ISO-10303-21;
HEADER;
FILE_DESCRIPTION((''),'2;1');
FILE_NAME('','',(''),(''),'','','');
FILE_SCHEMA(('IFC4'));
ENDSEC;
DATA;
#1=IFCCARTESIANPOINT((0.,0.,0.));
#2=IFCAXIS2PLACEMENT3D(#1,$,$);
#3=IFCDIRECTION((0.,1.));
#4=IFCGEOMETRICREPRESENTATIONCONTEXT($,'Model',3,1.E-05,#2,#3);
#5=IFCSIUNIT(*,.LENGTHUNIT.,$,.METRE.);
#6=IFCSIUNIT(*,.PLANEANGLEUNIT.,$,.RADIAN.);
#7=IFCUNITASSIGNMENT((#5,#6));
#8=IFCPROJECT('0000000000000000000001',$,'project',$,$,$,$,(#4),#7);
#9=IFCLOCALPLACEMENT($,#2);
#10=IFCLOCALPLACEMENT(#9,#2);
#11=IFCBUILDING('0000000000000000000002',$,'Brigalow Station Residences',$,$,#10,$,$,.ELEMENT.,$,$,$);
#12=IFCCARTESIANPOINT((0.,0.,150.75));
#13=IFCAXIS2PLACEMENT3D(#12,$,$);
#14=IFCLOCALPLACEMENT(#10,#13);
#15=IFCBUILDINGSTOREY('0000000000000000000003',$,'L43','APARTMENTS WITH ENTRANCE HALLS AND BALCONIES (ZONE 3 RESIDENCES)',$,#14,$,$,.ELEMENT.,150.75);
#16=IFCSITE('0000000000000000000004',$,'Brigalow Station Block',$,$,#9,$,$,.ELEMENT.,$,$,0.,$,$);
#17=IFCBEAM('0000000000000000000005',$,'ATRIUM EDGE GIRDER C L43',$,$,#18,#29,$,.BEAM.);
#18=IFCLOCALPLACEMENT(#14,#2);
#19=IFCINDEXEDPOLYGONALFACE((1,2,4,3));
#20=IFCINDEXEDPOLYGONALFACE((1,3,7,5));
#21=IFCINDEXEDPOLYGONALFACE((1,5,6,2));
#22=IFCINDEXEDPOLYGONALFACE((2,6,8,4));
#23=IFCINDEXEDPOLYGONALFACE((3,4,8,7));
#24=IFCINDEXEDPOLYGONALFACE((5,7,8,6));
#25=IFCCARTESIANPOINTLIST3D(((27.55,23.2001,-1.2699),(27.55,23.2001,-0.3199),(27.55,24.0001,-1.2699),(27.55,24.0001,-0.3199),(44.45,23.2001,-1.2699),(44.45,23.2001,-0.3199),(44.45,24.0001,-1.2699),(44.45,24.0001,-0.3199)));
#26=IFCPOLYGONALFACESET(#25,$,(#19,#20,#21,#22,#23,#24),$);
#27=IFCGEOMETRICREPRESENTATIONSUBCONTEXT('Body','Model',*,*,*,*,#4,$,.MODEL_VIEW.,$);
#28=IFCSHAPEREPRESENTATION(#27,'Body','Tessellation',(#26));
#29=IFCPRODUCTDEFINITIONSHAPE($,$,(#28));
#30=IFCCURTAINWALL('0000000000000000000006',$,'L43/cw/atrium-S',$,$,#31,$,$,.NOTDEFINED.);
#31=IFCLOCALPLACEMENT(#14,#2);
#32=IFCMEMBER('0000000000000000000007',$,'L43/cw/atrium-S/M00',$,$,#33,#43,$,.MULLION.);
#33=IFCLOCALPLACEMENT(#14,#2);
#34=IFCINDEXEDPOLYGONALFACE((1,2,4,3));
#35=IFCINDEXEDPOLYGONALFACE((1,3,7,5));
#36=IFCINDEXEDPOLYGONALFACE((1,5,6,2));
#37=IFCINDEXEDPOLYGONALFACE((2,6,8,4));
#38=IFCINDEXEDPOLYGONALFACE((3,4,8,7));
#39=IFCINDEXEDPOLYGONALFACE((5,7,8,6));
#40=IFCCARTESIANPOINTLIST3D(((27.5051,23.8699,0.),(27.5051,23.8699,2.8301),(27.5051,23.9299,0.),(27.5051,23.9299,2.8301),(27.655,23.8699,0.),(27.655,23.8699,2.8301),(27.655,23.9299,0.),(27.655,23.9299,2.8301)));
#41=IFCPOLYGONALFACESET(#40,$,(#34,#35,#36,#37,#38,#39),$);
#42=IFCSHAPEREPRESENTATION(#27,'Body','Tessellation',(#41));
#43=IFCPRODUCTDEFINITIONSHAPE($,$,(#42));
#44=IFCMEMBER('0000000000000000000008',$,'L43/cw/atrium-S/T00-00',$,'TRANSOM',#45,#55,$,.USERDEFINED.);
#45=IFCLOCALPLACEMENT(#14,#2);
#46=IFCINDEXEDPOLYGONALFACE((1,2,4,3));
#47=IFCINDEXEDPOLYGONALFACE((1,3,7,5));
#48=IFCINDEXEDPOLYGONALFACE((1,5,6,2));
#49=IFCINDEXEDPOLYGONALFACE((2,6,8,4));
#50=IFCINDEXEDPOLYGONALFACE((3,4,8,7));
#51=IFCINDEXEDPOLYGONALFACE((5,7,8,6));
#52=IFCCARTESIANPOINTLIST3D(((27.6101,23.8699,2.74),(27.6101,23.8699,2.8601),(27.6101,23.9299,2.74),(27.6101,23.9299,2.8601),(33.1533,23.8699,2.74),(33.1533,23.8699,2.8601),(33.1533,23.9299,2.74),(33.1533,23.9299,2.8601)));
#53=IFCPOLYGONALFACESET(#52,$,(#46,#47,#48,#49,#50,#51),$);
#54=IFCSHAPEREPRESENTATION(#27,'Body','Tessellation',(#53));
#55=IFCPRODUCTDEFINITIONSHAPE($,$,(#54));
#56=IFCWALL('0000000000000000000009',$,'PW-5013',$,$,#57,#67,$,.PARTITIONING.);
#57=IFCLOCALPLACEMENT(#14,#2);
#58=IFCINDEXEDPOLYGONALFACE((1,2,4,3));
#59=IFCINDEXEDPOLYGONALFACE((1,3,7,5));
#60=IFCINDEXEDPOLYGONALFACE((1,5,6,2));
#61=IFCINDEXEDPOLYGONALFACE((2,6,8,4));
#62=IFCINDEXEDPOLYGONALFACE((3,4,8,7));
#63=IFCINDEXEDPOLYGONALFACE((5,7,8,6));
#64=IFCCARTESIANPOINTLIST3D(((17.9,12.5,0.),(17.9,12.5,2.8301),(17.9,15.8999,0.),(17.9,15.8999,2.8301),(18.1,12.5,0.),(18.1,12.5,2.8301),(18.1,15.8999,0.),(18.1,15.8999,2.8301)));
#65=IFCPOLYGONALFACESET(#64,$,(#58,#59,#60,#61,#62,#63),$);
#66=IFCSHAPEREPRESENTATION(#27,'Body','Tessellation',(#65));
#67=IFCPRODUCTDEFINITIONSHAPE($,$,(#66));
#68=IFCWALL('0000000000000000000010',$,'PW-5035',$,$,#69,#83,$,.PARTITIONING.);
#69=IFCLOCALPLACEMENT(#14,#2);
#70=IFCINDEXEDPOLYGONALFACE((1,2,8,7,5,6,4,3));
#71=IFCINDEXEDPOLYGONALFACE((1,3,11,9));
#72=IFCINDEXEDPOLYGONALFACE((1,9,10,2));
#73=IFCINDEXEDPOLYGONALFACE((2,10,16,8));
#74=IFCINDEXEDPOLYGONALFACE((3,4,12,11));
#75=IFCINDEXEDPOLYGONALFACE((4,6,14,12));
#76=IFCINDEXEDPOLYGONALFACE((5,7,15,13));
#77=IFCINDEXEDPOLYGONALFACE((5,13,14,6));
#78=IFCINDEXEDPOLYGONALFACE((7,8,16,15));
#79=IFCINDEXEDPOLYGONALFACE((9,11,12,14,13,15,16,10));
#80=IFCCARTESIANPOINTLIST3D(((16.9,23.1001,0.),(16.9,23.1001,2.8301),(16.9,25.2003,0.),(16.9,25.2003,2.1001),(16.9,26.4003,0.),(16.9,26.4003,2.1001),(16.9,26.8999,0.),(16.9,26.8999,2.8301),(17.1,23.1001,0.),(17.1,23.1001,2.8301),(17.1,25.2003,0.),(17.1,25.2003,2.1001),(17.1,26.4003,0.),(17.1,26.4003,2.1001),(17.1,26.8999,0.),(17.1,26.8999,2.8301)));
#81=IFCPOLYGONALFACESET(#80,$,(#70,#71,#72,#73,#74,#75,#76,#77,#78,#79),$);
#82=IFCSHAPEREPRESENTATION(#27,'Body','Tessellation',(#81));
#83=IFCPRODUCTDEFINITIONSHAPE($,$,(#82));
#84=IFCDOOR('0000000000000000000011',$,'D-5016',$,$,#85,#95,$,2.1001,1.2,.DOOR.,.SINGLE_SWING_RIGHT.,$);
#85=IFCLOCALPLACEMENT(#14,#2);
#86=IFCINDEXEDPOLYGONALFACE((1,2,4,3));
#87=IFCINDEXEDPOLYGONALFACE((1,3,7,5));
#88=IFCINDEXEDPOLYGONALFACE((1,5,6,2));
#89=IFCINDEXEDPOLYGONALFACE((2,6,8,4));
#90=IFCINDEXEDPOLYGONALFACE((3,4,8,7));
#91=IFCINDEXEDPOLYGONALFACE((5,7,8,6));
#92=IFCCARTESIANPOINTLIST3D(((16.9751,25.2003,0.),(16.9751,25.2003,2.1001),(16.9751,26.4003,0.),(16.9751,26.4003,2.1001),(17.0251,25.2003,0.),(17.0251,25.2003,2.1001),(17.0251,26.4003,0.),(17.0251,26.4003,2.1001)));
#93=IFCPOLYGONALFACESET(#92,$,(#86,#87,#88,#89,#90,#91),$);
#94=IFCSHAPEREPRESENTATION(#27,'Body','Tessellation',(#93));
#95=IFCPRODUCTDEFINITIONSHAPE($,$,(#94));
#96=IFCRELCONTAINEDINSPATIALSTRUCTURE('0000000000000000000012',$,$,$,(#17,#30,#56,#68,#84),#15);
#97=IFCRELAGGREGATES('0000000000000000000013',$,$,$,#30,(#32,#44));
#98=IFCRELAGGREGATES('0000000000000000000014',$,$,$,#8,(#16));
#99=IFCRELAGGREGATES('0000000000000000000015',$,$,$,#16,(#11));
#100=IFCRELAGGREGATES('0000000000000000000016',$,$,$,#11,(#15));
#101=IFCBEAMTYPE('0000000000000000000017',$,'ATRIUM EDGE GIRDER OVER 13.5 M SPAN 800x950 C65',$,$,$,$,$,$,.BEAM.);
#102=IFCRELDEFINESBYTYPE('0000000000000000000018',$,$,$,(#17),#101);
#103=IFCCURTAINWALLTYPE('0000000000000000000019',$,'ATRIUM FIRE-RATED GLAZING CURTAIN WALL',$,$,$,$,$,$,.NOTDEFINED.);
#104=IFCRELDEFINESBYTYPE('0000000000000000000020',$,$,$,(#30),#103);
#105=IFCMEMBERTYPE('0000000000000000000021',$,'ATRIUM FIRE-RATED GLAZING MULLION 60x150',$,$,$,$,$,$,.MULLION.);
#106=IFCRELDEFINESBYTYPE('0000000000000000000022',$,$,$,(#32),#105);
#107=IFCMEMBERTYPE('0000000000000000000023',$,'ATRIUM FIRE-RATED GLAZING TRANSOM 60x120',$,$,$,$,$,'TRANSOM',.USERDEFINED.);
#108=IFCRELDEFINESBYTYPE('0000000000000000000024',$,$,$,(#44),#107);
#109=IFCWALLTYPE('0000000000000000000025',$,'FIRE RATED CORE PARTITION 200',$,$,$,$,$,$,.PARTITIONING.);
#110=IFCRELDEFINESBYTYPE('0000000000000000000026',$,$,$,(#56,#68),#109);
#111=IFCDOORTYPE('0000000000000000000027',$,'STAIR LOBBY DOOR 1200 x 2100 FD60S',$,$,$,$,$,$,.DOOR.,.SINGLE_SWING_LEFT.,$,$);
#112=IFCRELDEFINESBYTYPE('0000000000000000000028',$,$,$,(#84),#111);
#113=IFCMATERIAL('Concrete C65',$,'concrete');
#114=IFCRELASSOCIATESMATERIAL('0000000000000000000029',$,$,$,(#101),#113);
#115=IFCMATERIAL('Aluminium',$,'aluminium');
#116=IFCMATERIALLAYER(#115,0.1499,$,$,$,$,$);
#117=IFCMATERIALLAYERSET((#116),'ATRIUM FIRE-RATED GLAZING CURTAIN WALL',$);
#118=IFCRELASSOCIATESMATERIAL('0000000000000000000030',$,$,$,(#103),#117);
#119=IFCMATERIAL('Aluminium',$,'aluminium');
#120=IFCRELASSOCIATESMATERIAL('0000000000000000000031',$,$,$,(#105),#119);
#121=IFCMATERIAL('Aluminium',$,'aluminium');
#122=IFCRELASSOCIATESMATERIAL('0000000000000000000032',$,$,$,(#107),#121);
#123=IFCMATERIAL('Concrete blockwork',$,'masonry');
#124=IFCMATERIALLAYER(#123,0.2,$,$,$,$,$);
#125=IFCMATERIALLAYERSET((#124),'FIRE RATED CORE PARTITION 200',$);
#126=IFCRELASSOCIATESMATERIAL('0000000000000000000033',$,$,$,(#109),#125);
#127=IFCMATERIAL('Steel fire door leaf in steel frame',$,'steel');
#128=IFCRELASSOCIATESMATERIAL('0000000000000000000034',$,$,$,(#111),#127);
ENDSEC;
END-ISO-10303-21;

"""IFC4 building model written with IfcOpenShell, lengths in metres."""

from ifc_helpers import new_model, si_unit, direction, frame, frame_2d, origin, origin_2d, place, context, subcontext, project, spatial, rectangle, extrude, material, layer, layer_set, material_profile, profile_set, type_object, element, fill, aggregate, save


model = new_model("IFC4")

# Units and contexts
model_context = context("Model", 3, precision=1e-05, world=origin(), true_north=direction((0.0, 1.0)))
body_context = subcontext(model_context, "Body", "Model", "MODEL_VIEW")
ifc_project = project(units=[si_unit("LENGTHUNIT", "METRE"), si_unit("PLANEANGLEUNIT", "RADIAN")], contexts=[model_context])

# Site, building, storey
site_placement = place(None, origin())
site = spatial("IfcSite", under=ifc_project, at=site_placement, Name="Brigalow Station Block", CompositionType="ELEMENT", RefElevation=0.0)
building_placement = place(site_placement, origin())
building = spatial("IfcBuilding", under=site, at=building_placement, Name="Brigalow Station Residences", CompositionType="ELEMENT")
storey_placement = place(building_placement, frame((0.0, 0.0, 150.75)))
storey = spatial("IfcBuildingStorey", under=building, at=storey_placement, Name="L43", Description="APARTMENTS WITH ENTRANCE HALLS AND BALCONIES (ZONE 3 RESIDENCES)", CompositionType="ELEMENT", Elevation=150.75)

# Beam
ifc_material_1 = material(Name="Concrete C65", Category="concrete")
ifc_material_profile_1 = material_profile(ifc_material_1, rectangle(XDim=0.8, YDim=0.95, at=origin_2d()), Name="RC800x950")
ifc_profile_set_1 = profile_set([ifc_material_profile_1], Name="Concrete C65")
beam_type = type_object("IfcBeamType", Name="ATRIUM EDGE GIRDER OVER 13.5 M SPAN 800x950 C65", PredefinedType="BEAM", material=ifc_profile_set_1)
beam_placement = place(storey_placement, frame((27.55, 23.6001, -0.7949), z_axis=(1.0, 0.0, 0.0), x_axis=(0.0, 1.0, 0.0)))
element("IfcBeam", 1, at=beam_placement, inside=storey, type_object=beam_type, Name="ATRIUM EDGE GIRDER C L43", PredefinedType="BEAM", context=body_context, shape_type="SweptSolid", body=[
    extrude(rectangle(XDim=0.8, YDim=0.95, at=origin_2d()), origin(), (0.0, 0.0, 1.0), 16.8999),
])

# Curtain wall, members
ifc_material_2 = material(Name="Aluminium", Category="aluminium")
ifc_layer_1 = layer(ifc_material_2, 0.1499)
ifc_layer_set_1 = layer_set([ifc_layer_1], Name="ATRIUM FIRE-RATED GLAZING CURTAIN WALL")
curtain_wall_type = type_object("IfcCurtainWallType", Name="ATRIUM FIRE-RATED GLAZING CURTAIN WALL", PredefinedType="NOTDEFINED", material=ifc_layer_set_1)
curtain_wall_placement = place(storey_placement, origin())
curtain_wall = element("IfcCurtainWall", 2, at=curtain_wall_placement, inside=storey, type_object=curtain_wall_type, Name="L43/cw/atrium-S", PredefinedType="NOTDEFINED")
ifc_material_3 = material(Name="Aluminium", Category="aluminium")
ifc_material_profile_2 = material_profile(ifc_material_3, rectangle(XDim=0.0601, YDim=0.1499, at=origin_2d()), Name="ATRIUM FIRE-RATED GLAZING MULLION 60x150")
ifc_profile_set_2 = profile_set([ifc_material_profile_2], Name="Aluminium")
member_type_1 = type_object("IfcMemberType", Name="ATRIUM FIRE-RATED GLAZING MULLION 60x150", PredefinedType="MULLION", material=ifc_profile_set_2)
member_1_placement = place(storey_placement, frame((27.5801, 23.8999, 0.0), z_axis=(0.0, 0.0, 1.0), x_axis=(0.0, 1.0, 0.0)))
member_1 = element("IfcMember", 3, at=member_1_placement, type_object=member_type_1, Name="L43/cw/atrium-S/M00", PredefinedType="MULLION", context=body_context, shape_type="SweptSolid", body=[
    extrude(rectangle(XDim=0.0601, YDim=0.1499, at=origin_2d()), origin(), (0.0, 0.0, 1.0), 2.8301),
])
ifc_material_4 = material(Name="Aluminium", Category="aluminium")
ifc_material_profile_3 = material_profile(ifc_material_4, rectangle(XDim=0.0601, YDim=0.1201, at=origin_2d()), Name="ATRIUM FIRE-RATED GLAZING TRANSOM 60x120")
ifc_profile_set_3 = profile_set([ifc_material_profile_3], Name="Aluminium")
member_type_2 = type_object("IfcMemberType", Name="ATRIUM FIRE-RATED GLAZING TRANSOM 60x120", ElementType="TRANSOM", PredefinedType="USERDEFINED", material=ifc_profile_set_3)
member_2_placement = place(storey_placement, frame((27.6101, 23.8999, 2.8), z_axis=(1.0, 0.0, 0.0), x_axis=(0.0, 1.0, 0.0)))
member_2 = element("IfcMember", 4, at=member_2_placement, type_object=member_type_2, Name="L43/cw/atrium-S/T00-00", ObjectType="TRANSOM", PredefinedType="USERDEFINED", context=body_context, shape_type="SweptSolid", body=[
    extrude(rectangle(XDim=0.0601, YDim=0.1201, at=origin_2d()), origin(), (0.0, 0.0, 1.0), 5.5432),
])
aggregate(curtain_wall, [member_1, member_2])

# Wall
ifc_material_5 = material(Name="Concrete blockwork", Category="masonry")
ifc_layer_2 = layer(ifc_material_5, 0.2)
ifc_layer_set_2 = layer_set([ifc_layer_2], Name="FIRE RATED CORE PARTITION 200")
wall_type_1 = type_object("IfcWallType", Name="FIRE RATED CORE PARTITION 200", PredefinedType="PARTITIONING", material=ifc_layer_set_2)
wall_1_placement = place(storey_placement, frame((18.0, 12.5, 0.0), z_axis=(0.0, 0.0, 1.0), x_axis=(0.0, 1.0, 0.0)))
element("IfcWall", 5, at=wall_1_placement, inside=storey, type_object=wall_type_1, Name="PW-5013", PredefinedType="PARTITIONING", context=body_context, shape_type="SweptSolid", body=[
    extrude(rectangle(XDim=3.3999, YDim=0.2, at=frame_2d((1.7, 0.0))), origin(), (0.0, 0.0, 1.0), 2.8301),
])

# Wall, opening, door
wall_2_placement = place(storey_placement, frame((17.0, 23.1001, 0.0), z_axis=(0.0, 0.0, 1.0), x_axis=(0.0, 1.0, 0.0)))
wall_2 = element("IfcWall", 6, at=wall_2_placement, inside=storey, type_object=wall_type_1, Name="PW-5035", PredefinedType="PARTITIONING", context=body_context, shape_type="SweptSolid", body=[
    extrude(rectangle(XDim=3.7998, YDim=0.2, at=frame_2d((1.8999, 0.0))), origin(), (0.0, 0.0, 1.0), 2.8301),
])
opening_1_placement = place(wall_2_placement, frame((2.1001, 0.0, 0.0)))
opening_1 = element("IfcOpeningElement", 7, at=opening_1_placement, cuts=wall_2, PredefinedType="OPENING", context=body_context, shape_type="SweptSolid", body=[
    extrude(rectangle(XDim=1.2, YDim=2.1001, at=frame_2d((0.6001, 1.05))), frame((0.0, 0.1099, 0.0), z_axis=(0.0, -1.0, 0.0), x_axis=(1.0, 0.0, 0.0)), (0.0, 0.0, 1.0), 0.22),
])
ifc_material_6 = material(Name="Steel fire door leaf in steel frame", Category="steel")
door_type_1 = type_object("IfcDoorType", Name="STAIR LOBBY DOOR 1200 x 2100 FD60S", OperationType="SINGLE_SWING_LEFT", PredefinedType="DOOR", material=ifc_material_6)
door_1_placement = place(opening_1_placement, origin())
door_1 = element("IfcDoor", 8, at=door_1_placement, inside=storey, type_object=door_type_1, Name="D-5016", OperationType="SINGLE_SWING_RIGHT", OverallHeight=2.1001, OverallWidth=1.2, PredefinedType="DOOR", context=body_context, shape_type="SweptSolid", body=[
    extrude(rectangle(XDim=1.2, YDim=2.1001, at=frame_2d((0.6001, 1.05))), frame((0.0, 0.0249, 0.0), z_axis=(0.0, -1.0, 0.0), x_axis=(1.0, 0.0, 0.0)), (0.0, 0.0, 1.0), 0.05),
])
fill(opening_1, door_1)

save(model, "model.ifc")
